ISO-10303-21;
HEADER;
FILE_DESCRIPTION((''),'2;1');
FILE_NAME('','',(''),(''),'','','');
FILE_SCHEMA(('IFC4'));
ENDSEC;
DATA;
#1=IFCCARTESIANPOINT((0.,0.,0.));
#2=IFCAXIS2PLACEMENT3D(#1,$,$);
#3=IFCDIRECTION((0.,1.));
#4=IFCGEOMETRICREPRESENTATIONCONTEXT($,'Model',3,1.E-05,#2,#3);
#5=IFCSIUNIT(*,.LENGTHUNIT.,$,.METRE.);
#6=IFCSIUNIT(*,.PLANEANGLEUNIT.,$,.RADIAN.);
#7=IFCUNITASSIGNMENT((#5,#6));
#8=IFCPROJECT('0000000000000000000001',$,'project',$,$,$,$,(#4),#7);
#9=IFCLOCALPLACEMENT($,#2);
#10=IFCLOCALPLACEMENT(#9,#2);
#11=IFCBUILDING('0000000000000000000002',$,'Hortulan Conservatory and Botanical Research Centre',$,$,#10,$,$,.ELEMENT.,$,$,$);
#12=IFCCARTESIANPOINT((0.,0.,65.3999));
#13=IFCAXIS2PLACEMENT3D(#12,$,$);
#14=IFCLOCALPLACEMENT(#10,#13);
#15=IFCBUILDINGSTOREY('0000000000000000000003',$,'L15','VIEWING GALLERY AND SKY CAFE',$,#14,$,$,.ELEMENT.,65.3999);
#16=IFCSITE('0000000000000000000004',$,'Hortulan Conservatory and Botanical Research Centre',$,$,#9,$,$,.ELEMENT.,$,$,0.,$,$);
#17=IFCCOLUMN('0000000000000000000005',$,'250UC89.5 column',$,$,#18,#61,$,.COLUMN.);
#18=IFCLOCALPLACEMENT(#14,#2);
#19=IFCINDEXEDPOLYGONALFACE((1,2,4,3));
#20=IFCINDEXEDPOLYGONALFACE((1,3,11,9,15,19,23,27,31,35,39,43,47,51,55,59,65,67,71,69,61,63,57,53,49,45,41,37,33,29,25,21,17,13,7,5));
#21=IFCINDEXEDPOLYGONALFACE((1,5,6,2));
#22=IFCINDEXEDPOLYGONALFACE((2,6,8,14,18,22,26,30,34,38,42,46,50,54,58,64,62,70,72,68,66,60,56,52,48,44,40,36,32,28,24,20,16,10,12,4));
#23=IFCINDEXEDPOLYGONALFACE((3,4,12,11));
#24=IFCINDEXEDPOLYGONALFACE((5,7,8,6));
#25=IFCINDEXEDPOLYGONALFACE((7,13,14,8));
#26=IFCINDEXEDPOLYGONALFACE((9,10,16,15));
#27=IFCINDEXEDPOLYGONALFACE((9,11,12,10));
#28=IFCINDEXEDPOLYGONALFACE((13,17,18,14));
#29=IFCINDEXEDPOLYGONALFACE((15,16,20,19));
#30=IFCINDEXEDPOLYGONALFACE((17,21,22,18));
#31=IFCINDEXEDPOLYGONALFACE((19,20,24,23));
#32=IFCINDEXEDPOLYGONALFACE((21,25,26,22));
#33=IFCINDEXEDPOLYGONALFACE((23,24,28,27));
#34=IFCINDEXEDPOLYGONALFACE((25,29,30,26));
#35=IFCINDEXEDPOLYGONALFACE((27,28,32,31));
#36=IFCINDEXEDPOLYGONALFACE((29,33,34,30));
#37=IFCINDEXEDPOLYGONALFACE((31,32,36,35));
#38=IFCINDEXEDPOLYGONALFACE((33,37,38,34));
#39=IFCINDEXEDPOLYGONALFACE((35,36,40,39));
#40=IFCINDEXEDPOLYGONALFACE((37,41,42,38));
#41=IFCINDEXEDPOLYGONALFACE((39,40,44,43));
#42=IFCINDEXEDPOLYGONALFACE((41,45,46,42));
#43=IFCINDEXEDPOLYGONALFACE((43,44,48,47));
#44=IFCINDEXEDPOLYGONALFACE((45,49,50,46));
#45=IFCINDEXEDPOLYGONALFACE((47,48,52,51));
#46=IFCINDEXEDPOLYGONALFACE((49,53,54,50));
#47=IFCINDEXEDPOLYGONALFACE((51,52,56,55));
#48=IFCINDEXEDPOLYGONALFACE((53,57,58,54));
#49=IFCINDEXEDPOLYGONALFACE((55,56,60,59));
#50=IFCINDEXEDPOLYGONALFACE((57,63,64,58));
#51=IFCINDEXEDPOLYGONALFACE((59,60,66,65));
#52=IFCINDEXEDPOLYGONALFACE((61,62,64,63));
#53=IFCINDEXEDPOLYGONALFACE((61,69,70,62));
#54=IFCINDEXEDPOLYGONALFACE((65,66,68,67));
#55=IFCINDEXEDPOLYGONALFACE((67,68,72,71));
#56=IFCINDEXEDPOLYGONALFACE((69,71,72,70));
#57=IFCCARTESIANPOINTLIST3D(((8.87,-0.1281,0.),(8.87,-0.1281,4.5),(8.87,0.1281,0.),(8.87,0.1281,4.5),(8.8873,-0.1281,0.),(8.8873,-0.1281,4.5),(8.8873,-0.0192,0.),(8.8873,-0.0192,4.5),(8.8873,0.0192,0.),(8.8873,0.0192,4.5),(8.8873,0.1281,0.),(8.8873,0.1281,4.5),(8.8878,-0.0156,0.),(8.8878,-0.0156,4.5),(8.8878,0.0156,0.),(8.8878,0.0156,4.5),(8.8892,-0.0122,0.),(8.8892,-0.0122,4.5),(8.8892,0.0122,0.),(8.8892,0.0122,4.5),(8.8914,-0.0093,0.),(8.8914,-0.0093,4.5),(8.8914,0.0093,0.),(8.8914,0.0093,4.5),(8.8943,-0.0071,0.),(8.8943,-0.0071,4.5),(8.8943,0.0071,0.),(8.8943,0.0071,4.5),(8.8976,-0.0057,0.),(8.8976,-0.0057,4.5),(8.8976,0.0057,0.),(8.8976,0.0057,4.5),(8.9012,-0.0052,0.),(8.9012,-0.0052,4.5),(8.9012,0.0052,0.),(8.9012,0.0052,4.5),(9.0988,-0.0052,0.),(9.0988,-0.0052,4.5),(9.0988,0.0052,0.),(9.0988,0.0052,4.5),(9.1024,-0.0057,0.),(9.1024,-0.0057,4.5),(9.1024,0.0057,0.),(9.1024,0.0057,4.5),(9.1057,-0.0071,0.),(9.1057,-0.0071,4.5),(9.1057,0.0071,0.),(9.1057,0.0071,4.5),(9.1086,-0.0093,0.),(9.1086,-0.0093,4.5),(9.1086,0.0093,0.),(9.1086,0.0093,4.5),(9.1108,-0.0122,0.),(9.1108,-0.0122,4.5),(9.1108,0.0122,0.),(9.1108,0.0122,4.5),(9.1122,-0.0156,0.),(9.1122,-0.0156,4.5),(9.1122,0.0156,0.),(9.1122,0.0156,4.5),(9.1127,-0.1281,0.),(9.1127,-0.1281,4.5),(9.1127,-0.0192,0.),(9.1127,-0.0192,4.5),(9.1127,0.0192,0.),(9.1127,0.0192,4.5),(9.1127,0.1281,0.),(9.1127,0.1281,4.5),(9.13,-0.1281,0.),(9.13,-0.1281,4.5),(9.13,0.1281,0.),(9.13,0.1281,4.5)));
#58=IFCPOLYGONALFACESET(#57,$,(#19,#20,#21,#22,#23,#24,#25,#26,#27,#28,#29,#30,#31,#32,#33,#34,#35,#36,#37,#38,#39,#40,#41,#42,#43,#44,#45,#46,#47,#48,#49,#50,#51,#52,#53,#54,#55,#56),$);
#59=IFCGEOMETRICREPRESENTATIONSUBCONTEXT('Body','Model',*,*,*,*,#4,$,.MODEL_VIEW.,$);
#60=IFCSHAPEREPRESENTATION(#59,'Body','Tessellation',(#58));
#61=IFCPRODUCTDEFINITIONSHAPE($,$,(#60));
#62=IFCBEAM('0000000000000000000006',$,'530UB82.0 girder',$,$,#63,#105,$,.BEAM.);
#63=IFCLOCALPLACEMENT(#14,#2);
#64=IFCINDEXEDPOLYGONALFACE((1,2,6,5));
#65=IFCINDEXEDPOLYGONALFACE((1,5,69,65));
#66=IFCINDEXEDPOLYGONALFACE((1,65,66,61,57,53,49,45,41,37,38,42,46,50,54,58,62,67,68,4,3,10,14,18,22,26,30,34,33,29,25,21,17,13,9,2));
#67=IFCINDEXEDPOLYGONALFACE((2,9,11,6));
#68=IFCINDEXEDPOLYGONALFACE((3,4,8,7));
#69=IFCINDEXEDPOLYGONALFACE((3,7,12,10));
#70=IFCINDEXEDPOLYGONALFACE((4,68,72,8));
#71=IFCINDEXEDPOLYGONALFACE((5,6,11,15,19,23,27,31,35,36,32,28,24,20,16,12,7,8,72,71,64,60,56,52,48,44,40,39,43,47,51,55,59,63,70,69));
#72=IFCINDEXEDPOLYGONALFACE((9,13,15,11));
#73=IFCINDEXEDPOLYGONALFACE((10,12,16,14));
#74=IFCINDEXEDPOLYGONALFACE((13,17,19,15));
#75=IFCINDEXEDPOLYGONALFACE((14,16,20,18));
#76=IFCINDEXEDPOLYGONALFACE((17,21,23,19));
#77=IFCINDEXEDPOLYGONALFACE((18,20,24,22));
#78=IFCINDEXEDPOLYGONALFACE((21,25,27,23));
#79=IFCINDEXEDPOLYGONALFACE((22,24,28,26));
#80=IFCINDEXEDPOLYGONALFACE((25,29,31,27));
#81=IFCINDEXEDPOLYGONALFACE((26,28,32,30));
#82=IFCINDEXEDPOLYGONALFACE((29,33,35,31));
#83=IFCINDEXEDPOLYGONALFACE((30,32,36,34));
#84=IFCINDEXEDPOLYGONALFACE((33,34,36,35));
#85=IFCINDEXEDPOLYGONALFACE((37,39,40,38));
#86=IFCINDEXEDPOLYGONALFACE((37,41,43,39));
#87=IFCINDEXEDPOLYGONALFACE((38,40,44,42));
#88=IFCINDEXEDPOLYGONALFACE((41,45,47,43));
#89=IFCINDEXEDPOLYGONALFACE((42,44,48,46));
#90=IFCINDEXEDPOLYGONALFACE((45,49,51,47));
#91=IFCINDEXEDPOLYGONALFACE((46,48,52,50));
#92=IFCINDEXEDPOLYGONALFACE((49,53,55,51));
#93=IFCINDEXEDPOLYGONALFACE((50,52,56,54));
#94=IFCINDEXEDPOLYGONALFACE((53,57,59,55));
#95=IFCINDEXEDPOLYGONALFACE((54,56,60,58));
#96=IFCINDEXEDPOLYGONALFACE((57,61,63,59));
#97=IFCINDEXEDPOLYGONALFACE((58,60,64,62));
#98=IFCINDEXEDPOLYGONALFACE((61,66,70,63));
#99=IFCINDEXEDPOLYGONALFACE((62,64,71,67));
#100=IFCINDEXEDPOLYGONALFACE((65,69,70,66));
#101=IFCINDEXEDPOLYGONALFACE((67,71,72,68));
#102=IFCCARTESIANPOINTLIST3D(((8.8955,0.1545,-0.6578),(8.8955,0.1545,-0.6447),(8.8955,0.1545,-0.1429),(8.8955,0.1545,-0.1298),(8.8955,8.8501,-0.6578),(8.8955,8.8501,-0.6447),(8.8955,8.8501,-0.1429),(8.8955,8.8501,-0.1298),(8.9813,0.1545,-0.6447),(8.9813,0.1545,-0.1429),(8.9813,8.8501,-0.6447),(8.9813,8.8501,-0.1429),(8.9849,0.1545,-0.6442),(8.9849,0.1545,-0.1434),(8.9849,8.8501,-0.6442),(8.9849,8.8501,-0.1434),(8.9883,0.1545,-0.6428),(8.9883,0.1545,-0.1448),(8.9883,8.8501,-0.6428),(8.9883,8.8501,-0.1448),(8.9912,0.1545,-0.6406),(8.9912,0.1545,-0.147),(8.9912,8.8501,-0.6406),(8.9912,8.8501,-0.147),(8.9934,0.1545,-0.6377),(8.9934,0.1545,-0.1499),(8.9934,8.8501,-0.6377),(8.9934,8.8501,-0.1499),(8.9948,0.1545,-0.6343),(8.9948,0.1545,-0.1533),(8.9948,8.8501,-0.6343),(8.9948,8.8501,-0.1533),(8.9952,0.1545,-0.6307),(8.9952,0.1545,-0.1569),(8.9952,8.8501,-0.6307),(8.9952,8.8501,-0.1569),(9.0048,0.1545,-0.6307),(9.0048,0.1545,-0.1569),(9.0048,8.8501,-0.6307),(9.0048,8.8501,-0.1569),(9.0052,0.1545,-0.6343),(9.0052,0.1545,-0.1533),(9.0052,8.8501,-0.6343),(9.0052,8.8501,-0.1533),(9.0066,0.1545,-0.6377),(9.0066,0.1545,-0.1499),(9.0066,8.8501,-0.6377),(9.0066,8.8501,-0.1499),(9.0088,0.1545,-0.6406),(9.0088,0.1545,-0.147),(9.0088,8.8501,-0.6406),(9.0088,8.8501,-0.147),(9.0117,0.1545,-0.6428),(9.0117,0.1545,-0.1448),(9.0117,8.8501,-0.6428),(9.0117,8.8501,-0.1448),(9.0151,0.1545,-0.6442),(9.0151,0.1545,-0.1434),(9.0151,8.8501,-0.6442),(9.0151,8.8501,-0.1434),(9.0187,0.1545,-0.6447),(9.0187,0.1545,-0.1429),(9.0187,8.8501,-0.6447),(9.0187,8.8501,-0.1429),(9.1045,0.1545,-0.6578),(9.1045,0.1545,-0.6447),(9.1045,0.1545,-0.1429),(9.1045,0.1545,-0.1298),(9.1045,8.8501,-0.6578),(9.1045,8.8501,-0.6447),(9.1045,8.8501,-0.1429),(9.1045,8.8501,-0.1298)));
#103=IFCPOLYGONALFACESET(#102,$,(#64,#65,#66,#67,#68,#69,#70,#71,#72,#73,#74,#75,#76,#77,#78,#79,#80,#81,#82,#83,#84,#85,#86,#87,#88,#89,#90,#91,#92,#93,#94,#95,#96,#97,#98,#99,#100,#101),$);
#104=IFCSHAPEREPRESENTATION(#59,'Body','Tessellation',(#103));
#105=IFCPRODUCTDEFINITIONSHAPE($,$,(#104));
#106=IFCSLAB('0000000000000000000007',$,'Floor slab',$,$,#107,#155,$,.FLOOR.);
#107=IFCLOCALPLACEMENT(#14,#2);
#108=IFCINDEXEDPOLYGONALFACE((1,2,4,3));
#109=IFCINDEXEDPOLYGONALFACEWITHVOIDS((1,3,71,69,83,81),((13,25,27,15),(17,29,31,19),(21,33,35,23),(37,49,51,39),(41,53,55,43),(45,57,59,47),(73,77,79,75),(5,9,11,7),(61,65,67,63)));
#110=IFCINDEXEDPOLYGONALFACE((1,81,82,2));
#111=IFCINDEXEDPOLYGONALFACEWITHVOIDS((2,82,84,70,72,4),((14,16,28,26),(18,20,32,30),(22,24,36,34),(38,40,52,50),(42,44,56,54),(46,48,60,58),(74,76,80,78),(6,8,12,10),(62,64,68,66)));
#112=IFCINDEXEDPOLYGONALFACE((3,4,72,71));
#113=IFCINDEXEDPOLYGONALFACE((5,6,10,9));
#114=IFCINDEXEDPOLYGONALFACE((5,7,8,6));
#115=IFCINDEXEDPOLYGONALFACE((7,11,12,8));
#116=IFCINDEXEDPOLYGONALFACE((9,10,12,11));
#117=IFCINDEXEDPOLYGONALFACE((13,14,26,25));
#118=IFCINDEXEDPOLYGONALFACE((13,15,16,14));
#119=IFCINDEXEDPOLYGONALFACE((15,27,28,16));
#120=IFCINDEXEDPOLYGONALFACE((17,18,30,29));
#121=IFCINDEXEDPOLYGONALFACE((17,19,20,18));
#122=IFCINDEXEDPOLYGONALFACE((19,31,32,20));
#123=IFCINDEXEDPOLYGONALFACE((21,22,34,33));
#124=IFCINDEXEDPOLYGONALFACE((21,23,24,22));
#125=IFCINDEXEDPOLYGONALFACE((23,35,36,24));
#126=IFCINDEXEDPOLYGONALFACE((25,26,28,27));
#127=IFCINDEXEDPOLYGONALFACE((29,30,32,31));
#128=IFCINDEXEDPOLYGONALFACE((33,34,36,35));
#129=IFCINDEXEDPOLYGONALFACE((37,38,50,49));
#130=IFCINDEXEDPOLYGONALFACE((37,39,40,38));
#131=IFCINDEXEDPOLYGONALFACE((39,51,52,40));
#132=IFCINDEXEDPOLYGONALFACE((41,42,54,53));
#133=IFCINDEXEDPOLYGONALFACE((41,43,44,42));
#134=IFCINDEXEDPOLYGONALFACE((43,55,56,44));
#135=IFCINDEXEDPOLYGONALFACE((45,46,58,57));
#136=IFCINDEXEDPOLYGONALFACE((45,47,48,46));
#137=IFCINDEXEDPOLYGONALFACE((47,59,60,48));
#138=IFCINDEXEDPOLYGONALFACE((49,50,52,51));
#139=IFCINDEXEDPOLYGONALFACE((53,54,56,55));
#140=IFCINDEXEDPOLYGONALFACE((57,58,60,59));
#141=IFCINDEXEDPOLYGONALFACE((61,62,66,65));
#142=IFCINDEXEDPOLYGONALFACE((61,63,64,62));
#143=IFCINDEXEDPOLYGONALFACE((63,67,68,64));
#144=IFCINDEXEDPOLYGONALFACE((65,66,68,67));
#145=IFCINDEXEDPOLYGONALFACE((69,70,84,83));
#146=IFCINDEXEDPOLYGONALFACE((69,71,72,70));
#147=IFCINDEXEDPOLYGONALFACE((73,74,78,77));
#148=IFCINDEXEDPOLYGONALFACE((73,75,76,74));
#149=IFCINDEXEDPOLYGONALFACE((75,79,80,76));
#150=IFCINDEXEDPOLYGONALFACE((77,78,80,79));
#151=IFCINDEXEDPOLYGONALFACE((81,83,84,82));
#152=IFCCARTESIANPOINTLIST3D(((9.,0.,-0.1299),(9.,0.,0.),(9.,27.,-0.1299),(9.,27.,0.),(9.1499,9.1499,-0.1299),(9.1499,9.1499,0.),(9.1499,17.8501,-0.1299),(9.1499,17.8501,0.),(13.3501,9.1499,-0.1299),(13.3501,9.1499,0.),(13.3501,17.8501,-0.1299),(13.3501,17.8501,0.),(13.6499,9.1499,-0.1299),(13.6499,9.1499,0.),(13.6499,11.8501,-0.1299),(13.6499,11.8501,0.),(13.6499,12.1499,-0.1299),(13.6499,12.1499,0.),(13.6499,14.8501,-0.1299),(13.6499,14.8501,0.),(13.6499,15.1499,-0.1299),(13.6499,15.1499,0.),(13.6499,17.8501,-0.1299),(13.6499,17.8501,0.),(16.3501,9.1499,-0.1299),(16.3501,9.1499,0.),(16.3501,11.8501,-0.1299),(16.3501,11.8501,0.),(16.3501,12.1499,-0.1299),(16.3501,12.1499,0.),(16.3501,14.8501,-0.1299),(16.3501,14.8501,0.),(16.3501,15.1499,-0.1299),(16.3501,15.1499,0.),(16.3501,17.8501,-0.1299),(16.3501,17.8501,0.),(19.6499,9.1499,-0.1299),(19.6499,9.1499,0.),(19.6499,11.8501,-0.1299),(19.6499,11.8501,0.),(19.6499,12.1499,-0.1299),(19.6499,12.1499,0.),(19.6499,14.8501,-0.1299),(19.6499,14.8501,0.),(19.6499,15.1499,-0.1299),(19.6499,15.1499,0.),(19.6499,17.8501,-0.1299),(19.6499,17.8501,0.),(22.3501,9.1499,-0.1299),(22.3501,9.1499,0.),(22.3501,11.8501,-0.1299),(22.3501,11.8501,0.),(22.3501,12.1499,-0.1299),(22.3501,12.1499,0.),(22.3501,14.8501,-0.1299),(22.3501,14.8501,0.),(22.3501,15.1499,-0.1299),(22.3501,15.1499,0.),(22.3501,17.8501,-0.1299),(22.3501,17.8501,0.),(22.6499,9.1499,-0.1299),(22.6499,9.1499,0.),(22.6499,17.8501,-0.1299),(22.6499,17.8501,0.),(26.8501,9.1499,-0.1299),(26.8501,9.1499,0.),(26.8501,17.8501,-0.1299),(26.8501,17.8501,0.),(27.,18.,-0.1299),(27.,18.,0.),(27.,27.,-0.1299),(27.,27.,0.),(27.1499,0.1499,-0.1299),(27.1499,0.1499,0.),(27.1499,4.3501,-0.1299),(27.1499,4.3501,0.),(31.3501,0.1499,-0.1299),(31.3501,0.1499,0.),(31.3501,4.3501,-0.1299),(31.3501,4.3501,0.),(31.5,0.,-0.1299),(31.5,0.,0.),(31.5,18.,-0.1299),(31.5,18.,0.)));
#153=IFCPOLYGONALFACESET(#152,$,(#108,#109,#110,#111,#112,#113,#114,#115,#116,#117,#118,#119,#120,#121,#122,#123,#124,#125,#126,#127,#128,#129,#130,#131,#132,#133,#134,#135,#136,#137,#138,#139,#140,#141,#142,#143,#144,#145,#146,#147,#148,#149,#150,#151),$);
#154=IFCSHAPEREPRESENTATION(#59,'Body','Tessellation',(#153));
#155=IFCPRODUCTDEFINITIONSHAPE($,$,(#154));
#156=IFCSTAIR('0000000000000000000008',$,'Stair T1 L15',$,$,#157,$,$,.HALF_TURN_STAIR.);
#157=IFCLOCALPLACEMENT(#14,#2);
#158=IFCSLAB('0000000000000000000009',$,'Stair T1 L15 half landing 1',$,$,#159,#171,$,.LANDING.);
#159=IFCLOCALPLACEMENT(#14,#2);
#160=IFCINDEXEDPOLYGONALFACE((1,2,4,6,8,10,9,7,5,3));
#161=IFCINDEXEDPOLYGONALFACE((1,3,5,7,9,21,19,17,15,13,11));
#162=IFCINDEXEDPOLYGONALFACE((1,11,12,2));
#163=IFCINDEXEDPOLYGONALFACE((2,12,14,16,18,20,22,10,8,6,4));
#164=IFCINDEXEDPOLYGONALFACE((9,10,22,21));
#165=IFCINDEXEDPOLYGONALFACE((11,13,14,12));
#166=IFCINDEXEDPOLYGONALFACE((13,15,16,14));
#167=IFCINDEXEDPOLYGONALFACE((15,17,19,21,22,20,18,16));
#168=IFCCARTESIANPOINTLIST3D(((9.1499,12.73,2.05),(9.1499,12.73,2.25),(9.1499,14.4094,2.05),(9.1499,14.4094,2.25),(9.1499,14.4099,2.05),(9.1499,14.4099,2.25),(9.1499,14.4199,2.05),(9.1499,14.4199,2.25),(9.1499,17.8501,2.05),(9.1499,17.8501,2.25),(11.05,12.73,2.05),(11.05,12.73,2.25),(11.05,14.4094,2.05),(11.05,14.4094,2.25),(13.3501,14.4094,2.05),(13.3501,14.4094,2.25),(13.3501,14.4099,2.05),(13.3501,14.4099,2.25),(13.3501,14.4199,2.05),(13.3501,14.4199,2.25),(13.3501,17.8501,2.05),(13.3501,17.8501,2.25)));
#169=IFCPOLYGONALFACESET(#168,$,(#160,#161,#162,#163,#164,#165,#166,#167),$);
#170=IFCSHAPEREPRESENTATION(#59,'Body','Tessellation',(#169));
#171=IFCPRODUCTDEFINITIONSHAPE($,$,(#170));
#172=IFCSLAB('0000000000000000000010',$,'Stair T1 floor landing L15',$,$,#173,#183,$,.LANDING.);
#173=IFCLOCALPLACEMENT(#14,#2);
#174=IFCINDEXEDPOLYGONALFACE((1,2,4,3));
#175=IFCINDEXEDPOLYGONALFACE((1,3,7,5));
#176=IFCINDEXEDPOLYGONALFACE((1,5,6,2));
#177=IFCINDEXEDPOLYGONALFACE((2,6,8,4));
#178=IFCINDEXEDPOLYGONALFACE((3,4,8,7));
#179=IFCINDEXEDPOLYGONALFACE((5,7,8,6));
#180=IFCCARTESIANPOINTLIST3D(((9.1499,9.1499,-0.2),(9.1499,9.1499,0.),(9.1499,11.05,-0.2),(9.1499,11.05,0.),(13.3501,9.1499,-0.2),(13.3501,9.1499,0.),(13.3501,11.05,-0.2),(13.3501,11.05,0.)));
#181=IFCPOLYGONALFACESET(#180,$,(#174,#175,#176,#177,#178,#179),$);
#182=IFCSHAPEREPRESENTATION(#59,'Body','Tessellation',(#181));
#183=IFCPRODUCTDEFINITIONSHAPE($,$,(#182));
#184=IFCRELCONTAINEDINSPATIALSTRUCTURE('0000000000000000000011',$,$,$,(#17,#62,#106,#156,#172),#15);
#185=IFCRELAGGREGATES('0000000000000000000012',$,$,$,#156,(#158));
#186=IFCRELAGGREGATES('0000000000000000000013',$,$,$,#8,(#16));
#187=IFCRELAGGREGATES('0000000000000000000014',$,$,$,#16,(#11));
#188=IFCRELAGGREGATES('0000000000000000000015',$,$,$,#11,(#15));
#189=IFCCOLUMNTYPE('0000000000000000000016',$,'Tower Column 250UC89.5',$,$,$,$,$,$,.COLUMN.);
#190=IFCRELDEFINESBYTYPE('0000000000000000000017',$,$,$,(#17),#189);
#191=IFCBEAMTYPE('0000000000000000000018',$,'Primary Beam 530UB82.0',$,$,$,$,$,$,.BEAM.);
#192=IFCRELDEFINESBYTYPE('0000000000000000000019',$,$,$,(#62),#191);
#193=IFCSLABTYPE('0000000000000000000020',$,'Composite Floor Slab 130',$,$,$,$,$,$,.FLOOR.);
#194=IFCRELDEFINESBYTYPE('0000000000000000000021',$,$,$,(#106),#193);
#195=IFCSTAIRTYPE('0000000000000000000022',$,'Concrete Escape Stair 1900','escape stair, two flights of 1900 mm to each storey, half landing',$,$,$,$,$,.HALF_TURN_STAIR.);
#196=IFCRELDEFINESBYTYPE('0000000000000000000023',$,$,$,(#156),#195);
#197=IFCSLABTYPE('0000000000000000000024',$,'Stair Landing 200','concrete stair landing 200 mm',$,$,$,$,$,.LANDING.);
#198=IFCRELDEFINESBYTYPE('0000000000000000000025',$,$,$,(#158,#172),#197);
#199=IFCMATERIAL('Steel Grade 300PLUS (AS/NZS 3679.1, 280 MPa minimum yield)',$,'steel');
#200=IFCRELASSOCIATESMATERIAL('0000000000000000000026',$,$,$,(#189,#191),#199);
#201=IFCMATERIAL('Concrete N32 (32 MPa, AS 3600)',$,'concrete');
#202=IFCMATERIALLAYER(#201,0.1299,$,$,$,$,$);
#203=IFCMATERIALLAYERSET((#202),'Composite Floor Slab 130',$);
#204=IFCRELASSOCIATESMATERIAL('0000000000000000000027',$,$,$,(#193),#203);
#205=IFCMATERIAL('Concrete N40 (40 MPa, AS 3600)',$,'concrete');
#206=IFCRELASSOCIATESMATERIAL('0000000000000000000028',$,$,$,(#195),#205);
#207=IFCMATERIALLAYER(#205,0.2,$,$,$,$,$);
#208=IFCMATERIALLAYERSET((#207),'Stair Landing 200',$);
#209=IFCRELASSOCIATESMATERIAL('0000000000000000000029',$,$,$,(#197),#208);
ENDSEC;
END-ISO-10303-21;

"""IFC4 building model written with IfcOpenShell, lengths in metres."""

from ifc_helpers import new_model, si_unit, direction, frame, origin, origin_2d, place, context, subcontext, project, spatial, polyline, i_section, outline, extrude, material, layer, layer_set, material_profile, profile_set, type_object, element, aggregate, save


model = new_model("IFC4")

# Units and contexts
model_context = context("Model", 3, precision=1e-05, world=origin(), true_north=direction((0.0, 1.0)))
body_context = subcontext(model_context, "Body", "Model", "MODEL_VIEW")
ifc_project = project(units=[si_unit("LENGTHUNIT", "METRE"), si_unit("PLANEANGLEUNIT", "RADIAN")], contexts=[model_context])

# Site, building, storey
site_placement = place(None, origin())
site = spatial("IfcSite", under=ifc_project, at=site_placement, Name="Hortulan Conservatory and Botanical Research Centre", CompositionType="ELEMENT", RefElevation=0.0)
building_placement = place(site_placement, origin())
building = spatial("IfcBuilding", under=site, at=building_placement, Name="Hortulan Conservatory and Botanical Research Centre", CompositionType="ELEMENT")
storey_placement = place(building_placement, frame((0.0, 0.0, 65.3999)))
storey = spatial("IfcBuildingStorey", under=building, at=storey_placement, Name="L15", Description="VIEWING GALLERY AND SKY CAFE", CompositionType="ELEMENT", Elevation=65.3999)

# Column
ifc_material_1 = material(Name="Steel Grade 300PLUS (AS/NZS 3679.1, 280 MPa minimum yield)", Category="steel")
ifc_material_profile_1 = material_profile(ifc_material_1, i_section(OverallWidth=0.2561, OverallDepth=0.26, WebThickness=0.0105, FlangeThickness=0.0173, FilletRadius=0.0139, at=origin_2d()), Name="250UC89.5")
ifc_profile_set_1 = profile_set([ifc_material_profile_1], Name="Steel Grade 300PLUS (AS/NZS 3679.1, 280 MPa minimum yield)")
column_type = type_object("IfcColumnType", Name="Tower Column 250UC89.5", PredefinedType="COLUMN", material=ifc_profile_set_1)
column_placement = place(storey_placement, frame((9.0, 0.0, 0.0), z_axis=(0.0, 0.0, 1.0), x_axis=(0.0, 1.0, 0.0)))
element("IfcColumn", 1, at=column_placement, inside=storey, type_object=column_type, Name="250UC89.5 column", PredefinedType="COLUMN", context=body_context, shape_type="SweptSolid", body=[
    extrude(i_section(OverallWidth=0.2561, OverallDepth=0.26, WebThickness=0.0105, FlangeThickness=0.0173, FilletRadius=0.0139, at=origin_2d()), origin(), (0.0, 0.0, 1.0), 4.5),
])

# Beam
ifc_material_profile_2 = material_profile(ifc_material_1, i_section(OverallWidth=0.209, OverallDepth=0.5281, WebThickness=0.0095, FlangeThickness=0.0132, FilletRadius=0.0139, at=origin_2d()), Name="530UB82.0")
ifc_profile_set_2 = profile_set([ifc_material_profile_2], Name="Steel Grade 300PLUS (AS/NZS 3679.1, 280 MPa minimum yield)")
beam_type = type_object("IfcBeamType", Name="Primary Beam 530UB82.0", PredefinedType="BEAM", material=ifc_profile_set_2)
beam_placement = place(storey_placement, frame((9.0, 0.1545, -0.3938), z_axis=(0.0, 1.0, 0.0), x_axis=(-1.0, 0.0, 0.0)))
element("IfcBeam", 2, at=beam_placement, inside=storey, type_object=beam_type, Name="530UB82.0 girder", PredefinedType="BEAM", context=body_context, shape_type="SweptSolid", body=[
    extrude(i_section(OverallWidth=0.209, OverallDepth=0.5281, WebThickness=0.0095, FlangeThickness=0.0132, FilletRadius=0.0139, at=origin_2d()), origin(), (0.0, 0.0, 1.0), 8.6956),
])

# Slab
ifc_material_2 = material(Name="Concrete N32 (32 MPa, AS 3600)", Category="concrete")
ifc_layer_1 = layer(ifc_material_2, 0.1299)
ifc_layer_set_1 = layer_set([ifc_layer_1], Name="Composite Floor Slab 130")
slab_type_1 = type_object("IfcSlabType", Name="Composite Floor Slab 130", PredefinedType="FLOOR", material=ifc_layer_set_1)
slab_1_placement = place(storey_placement, frame((0.0, 0.0, -0.1299)))
element("IfcSlab", 3, at=slab_1_placement, inside=storey, type_object=slab_type_1, Name="Floor slab", PredefinedType="FLOOR", context=body_context, shape_type="SweptSolid", body=[
    extrude(outline(polyline([(9.0, 0.0), (31.5, 0.0), (31.5, 18.0), (27.0, 18.0), (27.0, 27.0), (9.0, 27.0), (9.0, 0.0)]), holes=[polyline([(27.1499, 4.3501), (27.1499, 0.1499), (31.3501, 0.1499), (31.3501, 4.3501), (27.1499, 4.3501)]), polyline([(13.6499, 11.8501), (13.6499, 9.1499), (16.3501, 9.1499), (16.3501, 11.8501), (13.6499, 11.8501)]), polyline([(19.6499, 11.8501), (19.6499, 9.1499), (22.3501, 9.1499), (22.3501, 11.8501), (19.6499, 11.8501)]), polyline([(9.1499, 17.8501), (9.1499, 9.1499), (13.3501, 9.1499), (13.3501, 17.8501), (9.1499, 17.8501)]), polyline([(13.6499, 14.8501), (13.6499, 12.1499), (16.3501, 12.1499), (16.3501, 14.8501), (13.6499, 14.8501)]), polyline([(19.6499, 14.8501), (19.6499, 12.1499), (22.3501, 12.1499), (22.3501, 14.8501), (19.6499, 14.8501)]), polyline([(22.6499, 17.8501), (22.6499, 9.1499), (26.8501, 9.1499), (26.8501, 17.8501), (22.6499, 17.8501)]), polyline([(16.3501, 17.8501), (13.6499, 17.8501), (13.6499, 15.1499), (16.3501, 15.1499), (16.3501, 17.8501)]), polyline([(22.3501, 17.8501), (19.6499, 17.8501), (19.6499, 15.1499), (22.3501, 15.1499), (22.3501, 17.8501)])]), origin(), (0.0, 0.0, 1.0), 0.1299),
])

# Stair, slab
ifc_material_3 = material(Name="Concrete N40 (40 MPa, AS 3600)", Category="concrete")
stair_type_1 = type_object("IfcStairType", Name="Concrete Escape Stair 1900", Description="escape stair, two flights of 1900 mm to each storey, half landing", PredefinedType="HALF_TURN_STAIR", material=ifc_material_3)
stair_1_placement = place(storey_placement, origin())
stair_1 = element("IfcStair", 4, at=stair_1_placement, inside=storey, type_object=stair_type_1, Name="Stair T1 L15", PredefinedType="HALF_TURN_STAIR")
ifc_layer_2 = layer(ifc_material_3, 0.2)
ifc_layer_set_2 = layer_set([ifc_layer_2], Name="Stair Landing 200")
slab_type_2 = type_object("IfcSlabType", Name="Stair Landing 200", Description="concrete stair landing 200 mm", PredefinedType="LANDING", material=ifc_layer_set_2)
slab_2_placement = place(storey_placement, frame((0.0, 0.0, 2.05)))
slab_2 = element("IfcSlab", 5, at=slab_2_placement, type_object=slab_type_2, Name="Stair T1 L15 half landing 1", PredefinedType="LANDING", context=body_context, shape_type="SweptSolid", body=[
    extrude(outline(polyline([(13.3501, 14.4094), (11.05, 14.4094), (11.05, 12.73), (9.1499, 12.73), (9.1499, 14.4094), (9.1499, 14.4099), (9.1499, 14.4199), (9.1499, 17.8501), (13.3501, 17.8501), (13.3501, 14.4199), (13.3501, 14.4099), (13.3501, 14.4094)])), origin(), (0.0, 0.0, 1.0), 0.2),
])
aggregate(stair_1, [slab_2])

# Slab
slab_3_placement = place(storey_placement, frame((0.0, 0.0, -0.2)))
element("IfcSlab", 6, at=slab_3_placement, inside=storey, type_object=slab_type_2, Name="Stair T1 floor landing L15", PredefinedType="LANDING", context=body_context, shape_type="SweptSolid", body=[
    extrude(outline(polyline([(13.3501, 9.1499), (9.1499, 9.1499), (9.1499, 11.05), (13.3501, 11.05), (13.3501, 9.1499)])), origin(), (0.0, 0.0, 1.0), 0.2),
])

save(model, "model.ifc")
